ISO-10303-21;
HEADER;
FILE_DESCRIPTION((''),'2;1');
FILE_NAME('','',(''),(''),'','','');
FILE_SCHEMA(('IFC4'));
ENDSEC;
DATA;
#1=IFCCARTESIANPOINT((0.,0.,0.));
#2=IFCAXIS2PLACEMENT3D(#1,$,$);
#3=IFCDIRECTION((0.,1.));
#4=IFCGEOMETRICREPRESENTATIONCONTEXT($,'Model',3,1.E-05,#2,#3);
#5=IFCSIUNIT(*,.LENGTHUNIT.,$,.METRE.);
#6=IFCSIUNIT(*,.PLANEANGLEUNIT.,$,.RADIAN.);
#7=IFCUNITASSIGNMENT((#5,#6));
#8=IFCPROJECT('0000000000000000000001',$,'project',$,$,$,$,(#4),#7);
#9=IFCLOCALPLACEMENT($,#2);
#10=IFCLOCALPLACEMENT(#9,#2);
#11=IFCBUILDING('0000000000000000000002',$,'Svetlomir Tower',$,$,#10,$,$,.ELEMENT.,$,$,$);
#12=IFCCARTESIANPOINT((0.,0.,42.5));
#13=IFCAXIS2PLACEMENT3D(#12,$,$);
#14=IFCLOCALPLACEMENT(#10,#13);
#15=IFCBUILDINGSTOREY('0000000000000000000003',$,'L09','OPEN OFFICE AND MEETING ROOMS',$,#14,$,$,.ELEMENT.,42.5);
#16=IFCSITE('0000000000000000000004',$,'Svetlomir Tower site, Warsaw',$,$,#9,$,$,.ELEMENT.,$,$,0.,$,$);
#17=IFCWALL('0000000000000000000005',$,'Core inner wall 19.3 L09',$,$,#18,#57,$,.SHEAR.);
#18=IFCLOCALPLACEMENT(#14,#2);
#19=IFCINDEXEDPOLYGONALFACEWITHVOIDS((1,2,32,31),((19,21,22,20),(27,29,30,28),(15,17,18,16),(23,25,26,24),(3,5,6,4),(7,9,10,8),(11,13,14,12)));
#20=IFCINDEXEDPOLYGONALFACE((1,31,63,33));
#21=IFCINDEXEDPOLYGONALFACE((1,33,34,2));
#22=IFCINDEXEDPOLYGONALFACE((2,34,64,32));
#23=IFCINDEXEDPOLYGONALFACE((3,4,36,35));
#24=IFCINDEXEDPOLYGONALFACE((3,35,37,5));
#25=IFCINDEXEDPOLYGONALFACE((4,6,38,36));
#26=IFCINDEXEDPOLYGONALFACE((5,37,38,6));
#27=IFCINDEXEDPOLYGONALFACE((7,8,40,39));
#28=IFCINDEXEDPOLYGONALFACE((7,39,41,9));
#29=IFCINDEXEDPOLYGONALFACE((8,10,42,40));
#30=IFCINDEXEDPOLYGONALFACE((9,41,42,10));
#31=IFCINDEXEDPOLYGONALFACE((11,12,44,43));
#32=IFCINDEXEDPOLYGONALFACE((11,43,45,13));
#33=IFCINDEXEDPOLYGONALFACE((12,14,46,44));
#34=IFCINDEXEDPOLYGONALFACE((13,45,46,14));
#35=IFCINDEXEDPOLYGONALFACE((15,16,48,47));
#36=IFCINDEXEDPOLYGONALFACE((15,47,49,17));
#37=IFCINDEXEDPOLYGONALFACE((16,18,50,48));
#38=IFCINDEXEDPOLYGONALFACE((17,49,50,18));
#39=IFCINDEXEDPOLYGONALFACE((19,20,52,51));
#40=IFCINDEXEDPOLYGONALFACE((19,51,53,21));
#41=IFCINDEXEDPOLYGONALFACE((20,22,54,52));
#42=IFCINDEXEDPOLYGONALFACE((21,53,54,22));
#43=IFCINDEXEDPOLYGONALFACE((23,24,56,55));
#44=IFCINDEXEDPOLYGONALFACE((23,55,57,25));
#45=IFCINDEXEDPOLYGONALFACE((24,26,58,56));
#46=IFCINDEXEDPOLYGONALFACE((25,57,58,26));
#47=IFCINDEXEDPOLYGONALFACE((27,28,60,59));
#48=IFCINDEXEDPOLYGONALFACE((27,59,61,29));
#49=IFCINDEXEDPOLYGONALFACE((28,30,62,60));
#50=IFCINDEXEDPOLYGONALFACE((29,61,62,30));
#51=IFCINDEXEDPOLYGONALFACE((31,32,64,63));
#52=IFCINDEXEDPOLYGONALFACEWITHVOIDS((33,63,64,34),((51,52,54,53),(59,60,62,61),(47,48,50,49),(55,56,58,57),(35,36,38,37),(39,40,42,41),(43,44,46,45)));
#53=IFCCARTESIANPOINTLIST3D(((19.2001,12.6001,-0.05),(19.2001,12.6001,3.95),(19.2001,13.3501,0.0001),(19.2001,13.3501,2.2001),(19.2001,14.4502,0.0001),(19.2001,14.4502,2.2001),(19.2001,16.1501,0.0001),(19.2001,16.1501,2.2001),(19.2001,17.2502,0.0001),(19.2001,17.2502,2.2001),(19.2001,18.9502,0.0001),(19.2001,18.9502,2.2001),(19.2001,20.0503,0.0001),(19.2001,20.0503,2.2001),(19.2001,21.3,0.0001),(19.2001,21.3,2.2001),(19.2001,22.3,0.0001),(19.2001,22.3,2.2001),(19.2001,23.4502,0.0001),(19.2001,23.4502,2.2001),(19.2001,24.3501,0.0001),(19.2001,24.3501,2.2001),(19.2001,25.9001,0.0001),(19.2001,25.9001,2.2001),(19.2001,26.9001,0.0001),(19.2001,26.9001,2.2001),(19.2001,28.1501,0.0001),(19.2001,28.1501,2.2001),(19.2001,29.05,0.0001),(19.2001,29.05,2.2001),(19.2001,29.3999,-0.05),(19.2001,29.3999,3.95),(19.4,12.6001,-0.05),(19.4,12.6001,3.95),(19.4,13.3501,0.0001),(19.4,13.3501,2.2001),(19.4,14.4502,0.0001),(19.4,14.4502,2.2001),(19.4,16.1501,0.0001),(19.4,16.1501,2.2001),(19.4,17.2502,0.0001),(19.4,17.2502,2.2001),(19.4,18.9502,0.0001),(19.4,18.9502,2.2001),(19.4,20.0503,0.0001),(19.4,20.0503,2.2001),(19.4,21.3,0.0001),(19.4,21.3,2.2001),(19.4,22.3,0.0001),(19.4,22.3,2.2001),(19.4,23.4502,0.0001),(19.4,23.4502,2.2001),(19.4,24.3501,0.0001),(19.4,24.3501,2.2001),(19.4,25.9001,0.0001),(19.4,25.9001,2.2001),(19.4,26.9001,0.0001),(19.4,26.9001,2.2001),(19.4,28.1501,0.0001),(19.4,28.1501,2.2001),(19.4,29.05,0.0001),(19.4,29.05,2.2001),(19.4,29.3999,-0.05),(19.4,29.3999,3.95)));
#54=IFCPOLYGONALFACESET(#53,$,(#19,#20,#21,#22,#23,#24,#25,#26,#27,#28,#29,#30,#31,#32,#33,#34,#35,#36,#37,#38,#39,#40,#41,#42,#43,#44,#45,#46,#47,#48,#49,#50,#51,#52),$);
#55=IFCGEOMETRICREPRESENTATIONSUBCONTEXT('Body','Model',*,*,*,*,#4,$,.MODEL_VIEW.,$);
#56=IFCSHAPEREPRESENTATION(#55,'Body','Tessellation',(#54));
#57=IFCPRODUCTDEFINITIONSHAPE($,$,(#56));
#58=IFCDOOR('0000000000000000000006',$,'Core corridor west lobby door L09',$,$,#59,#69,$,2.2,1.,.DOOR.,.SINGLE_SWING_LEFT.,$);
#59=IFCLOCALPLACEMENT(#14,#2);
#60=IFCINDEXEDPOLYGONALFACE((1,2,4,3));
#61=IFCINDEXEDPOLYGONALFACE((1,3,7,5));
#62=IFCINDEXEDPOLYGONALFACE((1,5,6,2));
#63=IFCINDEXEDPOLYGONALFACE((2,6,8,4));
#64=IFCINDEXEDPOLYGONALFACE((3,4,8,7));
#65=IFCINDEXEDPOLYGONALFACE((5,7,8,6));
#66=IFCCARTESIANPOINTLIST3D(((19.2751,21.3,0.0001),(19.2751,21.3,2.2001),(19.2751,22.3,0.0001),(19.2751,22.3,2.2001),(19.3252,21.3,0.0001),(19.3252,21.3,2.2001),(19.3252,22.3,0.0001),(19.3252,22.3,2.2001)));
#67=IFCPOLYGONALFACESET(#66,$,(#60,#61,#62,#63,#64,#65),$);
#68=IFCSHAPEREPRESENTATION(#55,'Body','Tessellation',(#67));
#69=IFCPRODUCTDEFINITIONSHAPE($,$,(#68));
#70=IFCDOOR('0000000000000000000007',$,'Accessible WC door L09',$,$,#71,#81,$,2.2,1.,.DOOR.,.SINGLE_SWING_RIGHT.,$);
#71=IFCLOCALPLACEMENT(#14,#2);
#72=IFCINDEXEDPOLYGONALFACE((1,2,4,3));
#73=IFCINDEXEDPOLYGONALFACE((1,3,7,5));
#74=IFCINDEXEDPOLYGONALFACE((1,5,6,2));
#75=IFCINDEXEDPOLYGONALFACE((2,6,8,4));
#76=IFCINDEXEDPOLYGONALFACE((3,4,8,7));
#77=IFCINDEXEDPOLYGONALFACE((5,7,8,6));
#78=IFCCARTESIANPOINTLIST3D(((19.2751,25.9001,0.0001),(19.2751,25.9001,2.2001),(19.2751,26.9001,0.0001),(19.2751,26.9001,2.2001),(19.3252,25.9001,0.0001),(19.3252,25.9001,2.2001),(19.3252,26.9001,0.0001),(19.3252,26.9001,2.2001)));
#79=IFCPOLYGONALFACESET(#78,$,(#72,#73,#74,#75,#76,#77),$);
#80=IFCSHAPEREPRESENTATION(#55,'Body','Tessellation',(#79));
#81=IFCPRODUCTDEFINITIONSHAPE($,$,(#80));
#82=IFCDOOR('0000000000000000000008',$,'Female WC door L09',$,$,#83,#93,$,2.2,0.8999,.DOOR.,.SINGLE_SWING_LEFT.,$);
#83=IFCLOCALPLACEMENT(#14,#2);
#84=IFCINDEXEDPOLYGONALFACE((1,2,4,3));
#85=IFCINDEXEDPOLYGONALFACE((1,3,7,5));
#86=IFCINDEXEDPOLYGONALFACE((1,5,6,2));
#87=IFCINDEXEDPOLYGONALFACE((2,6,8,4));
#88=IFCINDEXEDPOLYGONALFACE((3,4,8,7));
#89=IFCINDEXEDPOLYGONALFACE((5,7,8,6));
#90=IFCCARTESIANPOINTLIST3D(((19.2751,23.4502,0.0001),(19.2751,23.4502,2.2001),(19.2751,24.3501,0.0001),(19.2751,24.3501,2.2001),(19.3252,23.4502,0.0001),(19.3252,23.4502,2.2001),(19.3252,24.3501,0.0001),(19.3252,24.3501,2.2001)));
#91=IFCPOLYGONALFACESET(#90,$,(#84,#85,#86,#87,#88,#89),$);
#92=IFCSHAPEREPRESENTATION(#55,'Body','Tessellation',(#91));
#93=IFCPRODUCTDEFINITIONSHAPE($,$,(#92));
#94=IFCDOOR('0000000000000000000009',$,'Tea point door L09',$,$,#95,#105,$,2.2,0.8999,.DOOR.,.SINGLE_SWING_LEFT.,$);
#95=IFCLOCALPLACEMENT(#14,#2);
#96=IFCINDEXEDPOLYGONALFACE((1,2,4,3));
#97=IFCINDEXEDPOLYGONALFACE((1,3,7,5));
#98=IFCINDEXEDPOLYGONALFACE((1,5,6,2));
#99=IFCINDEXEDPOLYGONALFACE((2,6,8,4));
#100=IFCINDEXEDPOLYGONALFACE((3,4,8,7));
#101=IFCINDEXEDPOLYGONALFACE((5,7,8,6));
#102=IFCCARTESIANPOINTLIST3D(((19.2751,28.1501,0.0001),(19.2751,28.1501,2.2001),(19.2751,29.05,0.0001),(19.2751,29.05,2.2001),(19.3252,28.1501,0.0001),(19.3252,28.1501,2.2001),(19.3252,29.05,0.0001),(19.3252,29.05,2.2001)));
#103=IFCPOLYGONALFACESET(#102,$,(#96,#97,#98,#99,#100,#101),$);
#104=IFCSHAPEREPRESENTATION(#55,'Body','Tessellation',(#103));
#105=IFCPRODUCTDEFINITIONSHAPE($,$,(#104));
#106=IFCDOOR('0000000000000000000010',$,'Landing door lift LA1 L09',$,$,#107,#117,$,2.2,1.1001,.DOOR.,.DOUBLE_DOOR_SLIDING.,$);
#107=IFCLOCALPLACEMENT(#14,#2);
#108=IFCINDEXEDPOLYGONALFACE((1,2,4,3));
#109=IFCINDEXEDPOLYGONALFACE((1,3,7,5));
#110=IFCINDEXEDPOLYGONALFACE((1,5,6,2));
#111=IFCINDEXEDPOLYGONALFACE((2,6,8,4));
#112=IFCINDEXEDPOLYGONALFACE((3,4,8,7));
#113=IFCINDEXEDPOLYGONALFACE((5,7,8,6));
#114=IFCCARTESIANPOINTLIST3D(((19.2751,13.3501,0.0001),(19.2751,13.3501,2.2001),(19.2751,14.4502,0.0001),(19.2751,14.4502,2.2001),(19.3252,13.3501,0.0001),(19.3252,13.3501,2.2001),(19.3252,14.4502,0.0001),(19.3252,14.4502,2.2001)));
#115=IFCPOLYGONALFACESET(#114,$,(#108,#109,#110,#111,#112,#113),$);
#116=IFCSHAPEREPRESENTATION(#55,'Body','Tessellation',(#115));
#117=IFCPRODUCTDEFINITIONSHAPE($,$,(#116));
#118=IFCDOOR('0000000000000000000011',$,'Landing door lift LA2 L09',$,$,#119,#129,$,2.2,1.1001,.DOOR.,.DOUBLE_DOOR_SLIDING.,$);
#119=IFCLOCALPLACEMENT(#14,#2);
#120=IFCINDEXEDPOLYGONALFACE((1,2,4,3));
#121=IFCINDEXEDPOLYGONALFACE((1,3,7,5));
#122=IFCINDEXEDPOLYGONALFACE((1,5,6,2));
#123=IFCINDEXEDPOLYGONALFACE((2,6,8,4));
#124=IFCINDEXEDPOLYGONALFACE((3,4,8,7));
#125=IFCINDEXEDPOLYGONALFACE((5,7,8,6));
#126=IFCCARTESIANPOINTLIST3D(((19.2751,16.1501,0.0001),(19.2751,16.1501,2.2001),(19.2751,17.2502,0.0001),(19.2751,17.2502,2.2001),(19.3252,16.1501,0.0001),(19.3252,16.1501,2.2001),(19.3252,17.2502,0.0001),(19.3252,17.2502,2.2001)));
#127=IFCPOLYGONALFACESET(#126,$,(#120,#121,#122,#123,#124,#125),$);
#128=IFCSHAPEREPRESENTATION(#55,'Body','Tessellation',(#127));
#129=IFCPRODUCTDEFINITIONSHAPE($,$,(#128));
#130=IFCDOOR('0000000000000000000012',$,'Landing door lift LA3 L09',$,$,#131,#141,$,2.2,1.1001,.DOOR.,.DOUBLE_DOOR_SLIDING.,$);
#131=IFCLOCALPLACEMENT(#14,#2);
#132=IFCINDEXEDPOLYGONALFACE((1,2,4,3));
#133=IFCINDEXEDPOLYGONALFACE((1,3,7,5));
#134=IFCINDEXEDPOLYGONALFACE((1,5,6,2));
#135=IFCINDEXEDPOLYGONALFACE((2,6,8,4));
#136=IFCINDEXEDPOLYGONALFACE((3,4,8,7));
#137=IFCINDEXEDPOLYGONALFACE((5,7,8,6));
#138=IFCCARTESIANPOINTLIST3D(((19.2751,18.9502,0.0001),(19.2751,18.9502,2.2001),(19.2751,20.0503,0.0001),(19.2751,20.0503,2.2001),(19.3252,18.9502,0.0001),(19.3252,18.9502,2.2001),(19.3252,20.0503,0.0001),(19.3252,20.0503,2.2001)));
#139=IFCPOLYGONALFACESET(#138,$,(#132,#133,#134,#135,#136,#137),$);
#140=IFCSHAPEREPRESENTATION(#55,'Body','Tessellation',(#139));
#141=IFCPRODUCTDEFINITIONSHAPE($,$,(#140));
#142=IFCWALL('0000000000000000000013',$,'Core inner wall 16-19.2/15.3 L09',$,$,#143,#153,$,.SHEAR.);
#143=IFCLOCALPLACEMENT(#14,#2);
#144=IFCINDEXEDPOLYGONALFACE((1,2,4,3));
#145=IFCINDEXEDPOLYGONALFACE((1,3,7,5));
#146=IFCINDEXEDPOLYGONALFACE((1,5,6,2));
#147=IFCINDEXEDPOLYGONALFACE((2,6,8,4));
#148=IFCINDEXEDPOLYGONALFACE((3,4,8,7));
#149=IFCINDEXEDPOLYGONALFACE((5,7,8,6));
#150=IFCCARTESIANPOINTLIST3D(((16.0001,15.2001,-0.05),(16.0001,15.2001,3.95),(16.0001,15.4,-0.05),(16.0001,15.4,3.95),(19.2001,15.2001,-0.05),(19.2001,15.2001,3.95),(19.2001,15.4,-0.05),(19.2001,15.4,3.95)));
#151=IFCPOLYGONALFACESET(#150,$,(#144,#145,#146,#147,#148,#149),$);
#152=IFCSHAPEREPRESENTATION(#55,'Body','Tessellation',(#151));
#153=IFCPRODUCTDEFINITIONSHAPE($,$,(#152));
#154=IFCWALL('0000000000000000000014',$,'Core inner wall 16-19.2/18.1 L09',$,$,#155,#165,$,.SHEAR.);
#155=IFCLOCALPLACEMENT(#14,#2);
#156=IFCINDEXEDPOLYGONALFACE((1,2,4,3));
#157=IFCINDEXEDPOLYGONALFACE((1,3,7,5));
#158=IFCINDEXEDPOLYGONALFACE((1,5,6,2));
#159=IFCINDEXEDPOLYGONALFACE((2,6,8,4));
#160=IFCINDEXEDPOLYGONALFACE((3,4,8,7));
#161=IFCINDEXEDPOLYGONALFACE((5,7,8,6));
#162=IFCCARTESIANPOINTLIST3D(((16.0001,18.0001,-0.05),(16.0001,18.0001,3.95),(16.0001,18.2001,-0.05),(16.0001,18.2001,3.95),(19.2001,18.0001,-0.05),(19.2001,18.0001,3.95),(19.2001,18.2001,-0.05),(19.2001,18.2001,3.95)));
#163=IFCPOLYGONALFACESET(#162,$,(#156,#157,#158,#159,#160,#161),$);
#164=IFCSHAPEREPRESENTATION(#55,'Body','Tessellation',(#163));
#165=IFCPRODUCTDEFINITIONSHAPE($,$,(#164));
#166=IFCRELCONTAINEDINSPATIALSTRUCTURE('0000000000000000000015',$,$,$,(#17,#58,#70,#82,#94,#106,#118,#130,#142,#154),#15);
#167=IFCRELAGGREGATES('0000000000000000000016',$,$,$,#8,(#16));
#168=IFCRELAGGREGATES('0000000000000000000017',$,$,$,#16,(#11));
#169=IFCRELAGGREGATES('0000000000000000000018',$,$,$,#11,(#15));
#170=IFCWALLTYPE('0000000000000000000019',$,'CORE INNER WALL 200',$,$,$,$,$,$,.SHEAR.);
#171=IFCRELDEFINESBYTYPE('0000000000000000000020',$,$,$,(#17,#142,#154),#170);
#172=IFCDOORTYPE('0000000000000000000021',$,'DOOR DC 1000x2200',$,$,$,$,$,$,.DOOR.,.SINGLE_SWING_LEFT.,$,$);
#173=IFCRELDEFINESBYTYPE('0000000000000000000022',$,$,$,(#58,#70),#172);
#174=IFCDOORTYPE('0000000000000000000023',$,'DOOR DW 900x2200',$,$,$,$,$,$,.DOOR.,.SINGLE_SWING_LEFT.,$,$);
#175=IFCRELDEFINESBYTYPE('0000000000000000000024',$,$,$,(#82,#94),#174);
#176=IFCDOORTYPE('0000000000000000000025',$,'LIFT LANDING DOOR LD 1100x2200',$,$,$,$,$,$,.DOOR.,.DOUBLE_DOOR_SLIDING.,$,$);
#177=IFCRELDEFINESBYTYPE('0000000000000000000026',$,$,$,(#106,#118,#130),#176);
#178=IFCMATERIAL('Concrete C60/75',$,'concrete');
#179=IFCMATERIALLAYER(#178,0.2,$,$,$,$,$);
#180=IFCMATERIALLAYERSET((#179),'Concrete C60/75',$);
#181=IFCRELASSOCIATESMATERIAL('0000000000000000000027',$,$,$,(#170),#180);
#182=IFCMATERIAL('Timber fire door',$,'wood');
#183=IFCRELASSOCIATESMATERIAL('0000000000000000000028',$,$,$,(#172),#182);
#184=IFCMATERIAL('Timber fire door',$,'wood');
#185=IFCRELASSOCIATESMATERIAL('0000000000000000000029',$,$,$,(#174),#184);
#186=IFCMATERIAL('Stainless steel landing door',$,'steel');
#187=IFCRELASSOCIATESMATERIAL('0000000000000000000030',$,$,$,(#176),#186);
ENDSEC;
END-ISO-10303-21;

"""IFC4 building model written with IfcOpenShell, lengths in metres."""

from ifc_helpers import new_model, si_unit, direction, frame, frame_2d, origin, place, context, subcontext, project, spatial, rectangle, extrude, material, layer, layer_set, type_object, element, fill, save


model = new_model("IFC4")

# Units and contexts
model_context = context("Model", 3, precision=1e-05, world=origin(), true_north=direction((0.0, 1.0)))
body_context = subcontext(model_context, "Body", "Model", "MODEL_VIEW")
ifc_project = project(units=[si_unit("LENGTHUNIT", "METRE"), si_unit("PLANEANGLEUNIT", "RADIAN")], contexts=[model_context])

# Site, building, storey
site_placement = place(None, origin())
site = spatial("IfcSite", under=ifc_project, at=site_placement, Name="Svetlomir Tower site, Warsaw", CompositionType="ELEMENT", RefElevation=0.0)
building_placement = place(site_placement, origin())
building = spatial("IfcBuilding", under=site, at=building_placement, Name="Svetlomir Tower", CompositionType="ELEMENT")
storey_placement = place(building_placement, frame((0.0, 0.0, 42.5)))
storey = spatial("IfcBuildingStorey", under=building, at=storey_placement, Name="L09", Description="OPEN OFFICE AND MEETING ROOMS", CompositionType="ELEMENT", Elevation=42.5)

# Shared definitions
ifc_material_1 = material(Name="Concrete C60/75", Category="concrete")
ifc_layer_1 = layer(ifc_material_1, 0.2)
ifc_layer_set_1 = layer_set([ifc_layer_1], Name="Concrete C60/75")
wall_type_1 = type_object("IfcWallType", Name="CORE INNER WALL 200", PredefinedType="SHEAR", material=ifc_layer_set_1)

# Wall, openings, doors
wall_1_placement = place(storey_placement, frame((19.3, 12.6001, -0.05), z_axis=(0.0, 0.0, 1.0), x_axis=(0.0, 1.0, 0.0)))
wall_1 = element("IfcWall", 1, at=wall_1_placement, inside=storey, type_object=wall_type_1, Name="Core inner wall 19.3 L09", PredefinedType="SHEAR", context=body_context, shape_type="SweptSolid", body=[
    extrude(rectangle(XDim=16.7998, YDim=0.2, at=frame_2d((8.3999, 0.0))), origin(), (0.0, 0.0, 1.0), 4.0),
])
opening_1_placement = place(wall_1_placement, frame((8.7, 0.0, 0.05)))
opening_1 = element("IfcOpeningElement", 2, at=opening_1_placement, cuts=wall_1, PredefinedType="OPENING", context=body_context, shape_type="SweptSolid", body=[
    extrude(rectangle(XDim=1.0, YDim=2.2, at=frame_2d((0.5, 1.1001))), frame((0.0, 0.1099, 0.0), z_axis=(0.0, -1.0, 0.0), x_axis=(1.0, 0.0, 0.0)), (0.0, 0.0, 1.0), 0.22),
])
opening_2_placement = place(wall_1_placement, frame((10.8501, 0.0, 0.05)))
opening_2 = element("IfcOpeningElement", 3, at=opening_2_placement, cuts=wall_1, PredefinedType="OPENING", context=body_context, shape_type="SweptSolid", body=[
    extrude(rectangle(XDim=0.8999, YDim=2.2, at=frame_2d((0.45, 1.1001))), frame((0.0, 0.1099, 0.0), z_axis=(0.0, -1.0, 0.0), x_axis=(1.0, 0.0, 0.0)), (0.0, 0.0, 1.0), 0.22),
])
opening_3_placement = place(wall_1_placement, frame((13.3, 0.0, 0.05)))
opening_3 = element("IfcOpeningElement", 4, at=opening_3_placement, cuts=wall_1, PredefinedType="OPENING", context=body_context, shape_type="SweptSolid", body=[
    extrude(rectangle(XDim=1.0, YDim=2.2, at=frame_2d((0.5, 1.1001))), frame((0.0, 0.1099, 0.0), z_axis=(0.0, -1.0, 0.0), x_axis=(1.0, 0.0, 0.0)), (0.0, 0.0, 1.0), 0.22),
])
opening_4_placement = place(wall_1_placement, frame((15.55, 0.0, 0.05)))
opening_4 = element("IfcOpeningElement", 5, at=opening_4_placement, cuts=wall_1, PredefinedType="OPENING", context=body_context, shape_type="SweptSolid", body=[
    extrude(rectangle(XDim=0.8999, YDim=2.2, at=frame_2d((0.45, 1.1001))), frame((0.0, 0.1099, 0.0), z_axis=(0.0, -1.0, 0.0), x_axis=(1.0, 0.0, 0.0)), (0.0, 0.0, 1.0), 0.22),
])
opening_5_placement = place(wall_1_placement, frame((0.75, 0.0, 0.05)))
opening_5 = element("IfcOpeningElement", 6, at=opening_5_placement, cuts=wall_1, PredefinedType="OPENING", context=body_context, shape_type="SweptSolid", body=[
    extrude(rectangle(XDim=1.1001, YDim=2.2, at=frame_2d((0.55, 1.1001))), frame((0.0, 0.1099, 0.0), z_axis=(0.0, -1.0, 0.0), x_axis=(1.0, 0.0, 0.0)), (0.0, 0.0, 1.0), 0.22),
])
opening_6_placement = place(wall_1_placement, frame((3.55, 0.0, 0.05)))
opening_6 = element("IfcOpeningElement", 7, at=opening_6_placement, cuts=wall_1, PredefinedType="OPENING", context=body_context, shape_type="SweptSolid", body=[
    extrude(rectangle(XDim=1.1001, YDim=2.2, at=frame_2d((0.55, 1.1001))), frame((0.0, 0.1099, 0.0), z_axis=(0.0, -1.0, 0.0), x_axis=(1.0, 0.0, 0.0)), (0.0, 0.0, 1.0), 0.22),
])
opening_7_placement = place(wall_1_placement, frame((6.3501, 0.0, 0.05)))
opening_7 = element("IfcOpeningElement", 8, at=opening_7_placement, cuts=wall_1, PredefinedType="OPENING", context=body_context, shape_type="SweptSolid", body=[
    extrude(rectangle(XDim=1.1001, YDim=2.2, at=frame_2d((0.55, 1.1001))), frame((0.0, 0.1099, 0.0), z_axis=(0.0, -1.0, 0.0), x_axis=(1.0, 0.0, 0.0)), (0.0, 0.0, 1.0), 0.22),
])
ifc_material_2 = material(Name="Timber fire door", Category="wood")
door_type_1 = type_object("IfcDoorType", Name="DOOR DC 1000x2200", OperationType="SINGLE_SWING_LEFT", PredefinedType="DOOR", material=ifc_material_2)
door_1_placement = place(opening_1_placement, origin())
door_1 = element("IfcDoor", 9, at=door_1_placement, inside=storey, type_object=door_type_1, Name="Core corridor west lobby door L09", OperationType="SINGLE_SWING_LEFT", OverallHeight=2.2, OverallWidth=1.0, PredefinedType="DOOR", context=body_context, shape_type="SweptSolid", body=[
    extrude(rectangle(XDim=1.0, YDim=2.2, at=frame_2d((0.5, 1.1001))), frame((0.0, 0.0249, 0.0), z_axis=(0.0, -1.0, 0.0), x_axis=(1.0, 0.0, 0.0)), (0.0, 0.0, 1.0), 0.05),
])
fill(opening_1, door_1)
door_2_placement = place(opening_3_placement, origin())
door_2 = element("IfcDoor", 10, at=door_2_placement, inside=storey, type_object=door_type_1, Name="Accessible WC door L09", OperationType="SINGLE_SWING_RIGHT", OverallHeight=2.2, OverallWidth=1.0, PredefinedType="DOOR", context=body_context, shape_type="SweptSolid", body=[
    extrude(rectangle(XDim=1.0, YDim=2.2, at=frame_2d((0.5, 1.1001))), frame((0.0, 0.0249, 0.0), z_axis=(0.0, -1.0, 0.0), x_axis=(1.0, 0.0, 0.0)), (0.0, 0.0, 1.0), 0.05),
])
fill(opening_3, door_2)
ifc_material_3 = material(Name="Timber fire door", Category="wood")
door_type_2 = type_object("IfcDoorType", Name="DOOR DW 900x2200", OperationType="SINGLE_SWING_LEFT", PredefinedType="DOOR", material=ifc_material_3)
door_3_placement = place(opening_2_placement, origin())
door_3 = element("IfcDoor", 11, at=door_3_placement, inside=storey, type_object=door_type_2, Name="Female WC door L09", OperationType="SINGLE_SWING_LEFT", OverallHeight=2.2, OverallWidth=0.8999, PredefinedType="DOOR", context=body_context, shape_type="SweptSolid", body=[
    extrude(rectangle(XDim=0.8999, YDim=2.2, at=frame_2d((0.45, 1.1001))), frame((0.0, 0.0249, 0.0), z_axis=(0.0, -1.0, 0.0), x_axis=(1.0, 0.0, 0.0)), (0.0, 0.0, 1.0), 0.05),
])
fill(opening_2, door_3)
door_4_placement = place(opening_4_placement, origin())
door_4 = element("IfcDoor", 12, at=door_4_placement, inside=storey, type_object=door_type_2, Name="Tea point door L09", OperationType="SINGLE_SWING_LEFT", OverallHeight=2.2, OverallWidth=0.8999, PredefinedType="DOOR", context=body_context, shape_type="SweptSolid", body=[
    extrude(rectangle(XDim=0.8999, YDim=2.2, at=frame_2d((0.45, 1.1001))), frame((0.0, 0.0249, 0.0), z_axis=(0.0, -1.0, 0.0), x_axis=(1.0, 0.0, 0.0)), (0.0, 0.0, 1.0), 0.05),
])
fill(opening_4, door_4)
ifc_material_4 = material(Name="Stainless steel landing door", Category="steel")
door_type_3 = type_object("IfcDoorType", Name="LIFT LANDING DOOR LD 1100x2200", OperationType="DOUBLE_DOOR_SLIDING", PredefinedType="DOOR", material=ifc_material_4)
door_5_placement = place(opening_5_placement, origin())
door_5 = element("IfcDoor", 13, at=door_5_placement, inside=storey, type_object=door_type_3, Name="Landing door lift LA1 L09", OperationType="DOUBLE_DOOR_SLIDING", OverallHeight=2.2, OverallWidth=1.1001, PredefinedType="DOOR", context=body_context, shape_type="SweptSolid", body=[
    extrude(rectangle(XDim=1.1001, YDim=2.2, at=frame_2d((0.55, 1.1001))), frame((0.0, 0.0249, 0.0), z_axis=(0.0, -1.0, 0.0), x_axis=(1.0, 0.0, 0.0)), (0.0, 0.0, 1.0), 0.05),
])
fill(opening_5, door_5)
door_6_placement = place(opening_6_placement, origin())
door_6 = element("IfcDoor", 14, at=door_6_placement, inside=storey, type_object=door_type_3, Name="Landing door lift LA2 L09", OperationType="DOUBLE_DOOR_SLIDING", OverallHeight=2.2, OverallWidth=1.1001, PredefinedType="DOOR", context=body_context, shape_type="SweptSolid", body=[
    extrude(rectangle(XDim=1.1001, YDim=2.2, at=frame_2d((0.55, 1.1001))), frame((0.0, 0.0249, 0.0), z_axis=(0.0, -1.0, 0.0), x_axis=(1.0, 0.0, 0.0)), (0.0, 0.0, 1.0), 0.05),
])
fill(opening_6, door_6)
door_7_placement = place(opening_7_placement, origin())
door_7 = element("IfcDoor", 15, at=door_7_placement, inside=storey, type_object=door_type_3, Name="Landing door lift LA3 L09", OperationType="DOUBLE_DOOR_SLIDING", OverallHeight=2.2, OverallWidth=1.1001, PredefinedType="DOOR", context=body_context, shape_type="SweptSolid", body=[
    extrude(rectangle(XDim=1.1001, YDim=2.2, at=frame_2d((0.55, 1.1001))), frame((0.0, 0.0249, 0.0), z_axis=(0.0, -1.0, 0.0), x_axis=(1.0, 0.0, 0.0)), (0.0, 0.0, 1.0), 0.05),
])
fill(opening_7, door_7)

# Walls
for number, where, z_axis, x_axis, name in (
    (16, (16.0, 15.3, -0.05), (0.0, 0.0, 1.0), (1.0, 0.0, 0.0), "Core inner wall 16-19.2/15.3 L09"),
    (17, (16.0, 18.1001, -0.05), (0.0, 0.0, 1.0), (1.0, 0.0, 0.0), "Core inner wall 16-19.2/18.1 L09"),
):
    element("IfcWall", number, at=place(storey_placement, frame(where, z_axis=z_axis, x_axis=x_axis)), inside=storey, type_object=wall_type_1, Name=name, PredefinedType="SHEAR", context=body_context, shape_type="SweptSolid", body=[
        extrude(rectangle(XDim=3.2, YDim=0.2, at=frame_2d((1.6001, 0.0))), origin(), (0.0, 0.0, 1.0), 4.0),
    ])

save(model, "model.ifc")
